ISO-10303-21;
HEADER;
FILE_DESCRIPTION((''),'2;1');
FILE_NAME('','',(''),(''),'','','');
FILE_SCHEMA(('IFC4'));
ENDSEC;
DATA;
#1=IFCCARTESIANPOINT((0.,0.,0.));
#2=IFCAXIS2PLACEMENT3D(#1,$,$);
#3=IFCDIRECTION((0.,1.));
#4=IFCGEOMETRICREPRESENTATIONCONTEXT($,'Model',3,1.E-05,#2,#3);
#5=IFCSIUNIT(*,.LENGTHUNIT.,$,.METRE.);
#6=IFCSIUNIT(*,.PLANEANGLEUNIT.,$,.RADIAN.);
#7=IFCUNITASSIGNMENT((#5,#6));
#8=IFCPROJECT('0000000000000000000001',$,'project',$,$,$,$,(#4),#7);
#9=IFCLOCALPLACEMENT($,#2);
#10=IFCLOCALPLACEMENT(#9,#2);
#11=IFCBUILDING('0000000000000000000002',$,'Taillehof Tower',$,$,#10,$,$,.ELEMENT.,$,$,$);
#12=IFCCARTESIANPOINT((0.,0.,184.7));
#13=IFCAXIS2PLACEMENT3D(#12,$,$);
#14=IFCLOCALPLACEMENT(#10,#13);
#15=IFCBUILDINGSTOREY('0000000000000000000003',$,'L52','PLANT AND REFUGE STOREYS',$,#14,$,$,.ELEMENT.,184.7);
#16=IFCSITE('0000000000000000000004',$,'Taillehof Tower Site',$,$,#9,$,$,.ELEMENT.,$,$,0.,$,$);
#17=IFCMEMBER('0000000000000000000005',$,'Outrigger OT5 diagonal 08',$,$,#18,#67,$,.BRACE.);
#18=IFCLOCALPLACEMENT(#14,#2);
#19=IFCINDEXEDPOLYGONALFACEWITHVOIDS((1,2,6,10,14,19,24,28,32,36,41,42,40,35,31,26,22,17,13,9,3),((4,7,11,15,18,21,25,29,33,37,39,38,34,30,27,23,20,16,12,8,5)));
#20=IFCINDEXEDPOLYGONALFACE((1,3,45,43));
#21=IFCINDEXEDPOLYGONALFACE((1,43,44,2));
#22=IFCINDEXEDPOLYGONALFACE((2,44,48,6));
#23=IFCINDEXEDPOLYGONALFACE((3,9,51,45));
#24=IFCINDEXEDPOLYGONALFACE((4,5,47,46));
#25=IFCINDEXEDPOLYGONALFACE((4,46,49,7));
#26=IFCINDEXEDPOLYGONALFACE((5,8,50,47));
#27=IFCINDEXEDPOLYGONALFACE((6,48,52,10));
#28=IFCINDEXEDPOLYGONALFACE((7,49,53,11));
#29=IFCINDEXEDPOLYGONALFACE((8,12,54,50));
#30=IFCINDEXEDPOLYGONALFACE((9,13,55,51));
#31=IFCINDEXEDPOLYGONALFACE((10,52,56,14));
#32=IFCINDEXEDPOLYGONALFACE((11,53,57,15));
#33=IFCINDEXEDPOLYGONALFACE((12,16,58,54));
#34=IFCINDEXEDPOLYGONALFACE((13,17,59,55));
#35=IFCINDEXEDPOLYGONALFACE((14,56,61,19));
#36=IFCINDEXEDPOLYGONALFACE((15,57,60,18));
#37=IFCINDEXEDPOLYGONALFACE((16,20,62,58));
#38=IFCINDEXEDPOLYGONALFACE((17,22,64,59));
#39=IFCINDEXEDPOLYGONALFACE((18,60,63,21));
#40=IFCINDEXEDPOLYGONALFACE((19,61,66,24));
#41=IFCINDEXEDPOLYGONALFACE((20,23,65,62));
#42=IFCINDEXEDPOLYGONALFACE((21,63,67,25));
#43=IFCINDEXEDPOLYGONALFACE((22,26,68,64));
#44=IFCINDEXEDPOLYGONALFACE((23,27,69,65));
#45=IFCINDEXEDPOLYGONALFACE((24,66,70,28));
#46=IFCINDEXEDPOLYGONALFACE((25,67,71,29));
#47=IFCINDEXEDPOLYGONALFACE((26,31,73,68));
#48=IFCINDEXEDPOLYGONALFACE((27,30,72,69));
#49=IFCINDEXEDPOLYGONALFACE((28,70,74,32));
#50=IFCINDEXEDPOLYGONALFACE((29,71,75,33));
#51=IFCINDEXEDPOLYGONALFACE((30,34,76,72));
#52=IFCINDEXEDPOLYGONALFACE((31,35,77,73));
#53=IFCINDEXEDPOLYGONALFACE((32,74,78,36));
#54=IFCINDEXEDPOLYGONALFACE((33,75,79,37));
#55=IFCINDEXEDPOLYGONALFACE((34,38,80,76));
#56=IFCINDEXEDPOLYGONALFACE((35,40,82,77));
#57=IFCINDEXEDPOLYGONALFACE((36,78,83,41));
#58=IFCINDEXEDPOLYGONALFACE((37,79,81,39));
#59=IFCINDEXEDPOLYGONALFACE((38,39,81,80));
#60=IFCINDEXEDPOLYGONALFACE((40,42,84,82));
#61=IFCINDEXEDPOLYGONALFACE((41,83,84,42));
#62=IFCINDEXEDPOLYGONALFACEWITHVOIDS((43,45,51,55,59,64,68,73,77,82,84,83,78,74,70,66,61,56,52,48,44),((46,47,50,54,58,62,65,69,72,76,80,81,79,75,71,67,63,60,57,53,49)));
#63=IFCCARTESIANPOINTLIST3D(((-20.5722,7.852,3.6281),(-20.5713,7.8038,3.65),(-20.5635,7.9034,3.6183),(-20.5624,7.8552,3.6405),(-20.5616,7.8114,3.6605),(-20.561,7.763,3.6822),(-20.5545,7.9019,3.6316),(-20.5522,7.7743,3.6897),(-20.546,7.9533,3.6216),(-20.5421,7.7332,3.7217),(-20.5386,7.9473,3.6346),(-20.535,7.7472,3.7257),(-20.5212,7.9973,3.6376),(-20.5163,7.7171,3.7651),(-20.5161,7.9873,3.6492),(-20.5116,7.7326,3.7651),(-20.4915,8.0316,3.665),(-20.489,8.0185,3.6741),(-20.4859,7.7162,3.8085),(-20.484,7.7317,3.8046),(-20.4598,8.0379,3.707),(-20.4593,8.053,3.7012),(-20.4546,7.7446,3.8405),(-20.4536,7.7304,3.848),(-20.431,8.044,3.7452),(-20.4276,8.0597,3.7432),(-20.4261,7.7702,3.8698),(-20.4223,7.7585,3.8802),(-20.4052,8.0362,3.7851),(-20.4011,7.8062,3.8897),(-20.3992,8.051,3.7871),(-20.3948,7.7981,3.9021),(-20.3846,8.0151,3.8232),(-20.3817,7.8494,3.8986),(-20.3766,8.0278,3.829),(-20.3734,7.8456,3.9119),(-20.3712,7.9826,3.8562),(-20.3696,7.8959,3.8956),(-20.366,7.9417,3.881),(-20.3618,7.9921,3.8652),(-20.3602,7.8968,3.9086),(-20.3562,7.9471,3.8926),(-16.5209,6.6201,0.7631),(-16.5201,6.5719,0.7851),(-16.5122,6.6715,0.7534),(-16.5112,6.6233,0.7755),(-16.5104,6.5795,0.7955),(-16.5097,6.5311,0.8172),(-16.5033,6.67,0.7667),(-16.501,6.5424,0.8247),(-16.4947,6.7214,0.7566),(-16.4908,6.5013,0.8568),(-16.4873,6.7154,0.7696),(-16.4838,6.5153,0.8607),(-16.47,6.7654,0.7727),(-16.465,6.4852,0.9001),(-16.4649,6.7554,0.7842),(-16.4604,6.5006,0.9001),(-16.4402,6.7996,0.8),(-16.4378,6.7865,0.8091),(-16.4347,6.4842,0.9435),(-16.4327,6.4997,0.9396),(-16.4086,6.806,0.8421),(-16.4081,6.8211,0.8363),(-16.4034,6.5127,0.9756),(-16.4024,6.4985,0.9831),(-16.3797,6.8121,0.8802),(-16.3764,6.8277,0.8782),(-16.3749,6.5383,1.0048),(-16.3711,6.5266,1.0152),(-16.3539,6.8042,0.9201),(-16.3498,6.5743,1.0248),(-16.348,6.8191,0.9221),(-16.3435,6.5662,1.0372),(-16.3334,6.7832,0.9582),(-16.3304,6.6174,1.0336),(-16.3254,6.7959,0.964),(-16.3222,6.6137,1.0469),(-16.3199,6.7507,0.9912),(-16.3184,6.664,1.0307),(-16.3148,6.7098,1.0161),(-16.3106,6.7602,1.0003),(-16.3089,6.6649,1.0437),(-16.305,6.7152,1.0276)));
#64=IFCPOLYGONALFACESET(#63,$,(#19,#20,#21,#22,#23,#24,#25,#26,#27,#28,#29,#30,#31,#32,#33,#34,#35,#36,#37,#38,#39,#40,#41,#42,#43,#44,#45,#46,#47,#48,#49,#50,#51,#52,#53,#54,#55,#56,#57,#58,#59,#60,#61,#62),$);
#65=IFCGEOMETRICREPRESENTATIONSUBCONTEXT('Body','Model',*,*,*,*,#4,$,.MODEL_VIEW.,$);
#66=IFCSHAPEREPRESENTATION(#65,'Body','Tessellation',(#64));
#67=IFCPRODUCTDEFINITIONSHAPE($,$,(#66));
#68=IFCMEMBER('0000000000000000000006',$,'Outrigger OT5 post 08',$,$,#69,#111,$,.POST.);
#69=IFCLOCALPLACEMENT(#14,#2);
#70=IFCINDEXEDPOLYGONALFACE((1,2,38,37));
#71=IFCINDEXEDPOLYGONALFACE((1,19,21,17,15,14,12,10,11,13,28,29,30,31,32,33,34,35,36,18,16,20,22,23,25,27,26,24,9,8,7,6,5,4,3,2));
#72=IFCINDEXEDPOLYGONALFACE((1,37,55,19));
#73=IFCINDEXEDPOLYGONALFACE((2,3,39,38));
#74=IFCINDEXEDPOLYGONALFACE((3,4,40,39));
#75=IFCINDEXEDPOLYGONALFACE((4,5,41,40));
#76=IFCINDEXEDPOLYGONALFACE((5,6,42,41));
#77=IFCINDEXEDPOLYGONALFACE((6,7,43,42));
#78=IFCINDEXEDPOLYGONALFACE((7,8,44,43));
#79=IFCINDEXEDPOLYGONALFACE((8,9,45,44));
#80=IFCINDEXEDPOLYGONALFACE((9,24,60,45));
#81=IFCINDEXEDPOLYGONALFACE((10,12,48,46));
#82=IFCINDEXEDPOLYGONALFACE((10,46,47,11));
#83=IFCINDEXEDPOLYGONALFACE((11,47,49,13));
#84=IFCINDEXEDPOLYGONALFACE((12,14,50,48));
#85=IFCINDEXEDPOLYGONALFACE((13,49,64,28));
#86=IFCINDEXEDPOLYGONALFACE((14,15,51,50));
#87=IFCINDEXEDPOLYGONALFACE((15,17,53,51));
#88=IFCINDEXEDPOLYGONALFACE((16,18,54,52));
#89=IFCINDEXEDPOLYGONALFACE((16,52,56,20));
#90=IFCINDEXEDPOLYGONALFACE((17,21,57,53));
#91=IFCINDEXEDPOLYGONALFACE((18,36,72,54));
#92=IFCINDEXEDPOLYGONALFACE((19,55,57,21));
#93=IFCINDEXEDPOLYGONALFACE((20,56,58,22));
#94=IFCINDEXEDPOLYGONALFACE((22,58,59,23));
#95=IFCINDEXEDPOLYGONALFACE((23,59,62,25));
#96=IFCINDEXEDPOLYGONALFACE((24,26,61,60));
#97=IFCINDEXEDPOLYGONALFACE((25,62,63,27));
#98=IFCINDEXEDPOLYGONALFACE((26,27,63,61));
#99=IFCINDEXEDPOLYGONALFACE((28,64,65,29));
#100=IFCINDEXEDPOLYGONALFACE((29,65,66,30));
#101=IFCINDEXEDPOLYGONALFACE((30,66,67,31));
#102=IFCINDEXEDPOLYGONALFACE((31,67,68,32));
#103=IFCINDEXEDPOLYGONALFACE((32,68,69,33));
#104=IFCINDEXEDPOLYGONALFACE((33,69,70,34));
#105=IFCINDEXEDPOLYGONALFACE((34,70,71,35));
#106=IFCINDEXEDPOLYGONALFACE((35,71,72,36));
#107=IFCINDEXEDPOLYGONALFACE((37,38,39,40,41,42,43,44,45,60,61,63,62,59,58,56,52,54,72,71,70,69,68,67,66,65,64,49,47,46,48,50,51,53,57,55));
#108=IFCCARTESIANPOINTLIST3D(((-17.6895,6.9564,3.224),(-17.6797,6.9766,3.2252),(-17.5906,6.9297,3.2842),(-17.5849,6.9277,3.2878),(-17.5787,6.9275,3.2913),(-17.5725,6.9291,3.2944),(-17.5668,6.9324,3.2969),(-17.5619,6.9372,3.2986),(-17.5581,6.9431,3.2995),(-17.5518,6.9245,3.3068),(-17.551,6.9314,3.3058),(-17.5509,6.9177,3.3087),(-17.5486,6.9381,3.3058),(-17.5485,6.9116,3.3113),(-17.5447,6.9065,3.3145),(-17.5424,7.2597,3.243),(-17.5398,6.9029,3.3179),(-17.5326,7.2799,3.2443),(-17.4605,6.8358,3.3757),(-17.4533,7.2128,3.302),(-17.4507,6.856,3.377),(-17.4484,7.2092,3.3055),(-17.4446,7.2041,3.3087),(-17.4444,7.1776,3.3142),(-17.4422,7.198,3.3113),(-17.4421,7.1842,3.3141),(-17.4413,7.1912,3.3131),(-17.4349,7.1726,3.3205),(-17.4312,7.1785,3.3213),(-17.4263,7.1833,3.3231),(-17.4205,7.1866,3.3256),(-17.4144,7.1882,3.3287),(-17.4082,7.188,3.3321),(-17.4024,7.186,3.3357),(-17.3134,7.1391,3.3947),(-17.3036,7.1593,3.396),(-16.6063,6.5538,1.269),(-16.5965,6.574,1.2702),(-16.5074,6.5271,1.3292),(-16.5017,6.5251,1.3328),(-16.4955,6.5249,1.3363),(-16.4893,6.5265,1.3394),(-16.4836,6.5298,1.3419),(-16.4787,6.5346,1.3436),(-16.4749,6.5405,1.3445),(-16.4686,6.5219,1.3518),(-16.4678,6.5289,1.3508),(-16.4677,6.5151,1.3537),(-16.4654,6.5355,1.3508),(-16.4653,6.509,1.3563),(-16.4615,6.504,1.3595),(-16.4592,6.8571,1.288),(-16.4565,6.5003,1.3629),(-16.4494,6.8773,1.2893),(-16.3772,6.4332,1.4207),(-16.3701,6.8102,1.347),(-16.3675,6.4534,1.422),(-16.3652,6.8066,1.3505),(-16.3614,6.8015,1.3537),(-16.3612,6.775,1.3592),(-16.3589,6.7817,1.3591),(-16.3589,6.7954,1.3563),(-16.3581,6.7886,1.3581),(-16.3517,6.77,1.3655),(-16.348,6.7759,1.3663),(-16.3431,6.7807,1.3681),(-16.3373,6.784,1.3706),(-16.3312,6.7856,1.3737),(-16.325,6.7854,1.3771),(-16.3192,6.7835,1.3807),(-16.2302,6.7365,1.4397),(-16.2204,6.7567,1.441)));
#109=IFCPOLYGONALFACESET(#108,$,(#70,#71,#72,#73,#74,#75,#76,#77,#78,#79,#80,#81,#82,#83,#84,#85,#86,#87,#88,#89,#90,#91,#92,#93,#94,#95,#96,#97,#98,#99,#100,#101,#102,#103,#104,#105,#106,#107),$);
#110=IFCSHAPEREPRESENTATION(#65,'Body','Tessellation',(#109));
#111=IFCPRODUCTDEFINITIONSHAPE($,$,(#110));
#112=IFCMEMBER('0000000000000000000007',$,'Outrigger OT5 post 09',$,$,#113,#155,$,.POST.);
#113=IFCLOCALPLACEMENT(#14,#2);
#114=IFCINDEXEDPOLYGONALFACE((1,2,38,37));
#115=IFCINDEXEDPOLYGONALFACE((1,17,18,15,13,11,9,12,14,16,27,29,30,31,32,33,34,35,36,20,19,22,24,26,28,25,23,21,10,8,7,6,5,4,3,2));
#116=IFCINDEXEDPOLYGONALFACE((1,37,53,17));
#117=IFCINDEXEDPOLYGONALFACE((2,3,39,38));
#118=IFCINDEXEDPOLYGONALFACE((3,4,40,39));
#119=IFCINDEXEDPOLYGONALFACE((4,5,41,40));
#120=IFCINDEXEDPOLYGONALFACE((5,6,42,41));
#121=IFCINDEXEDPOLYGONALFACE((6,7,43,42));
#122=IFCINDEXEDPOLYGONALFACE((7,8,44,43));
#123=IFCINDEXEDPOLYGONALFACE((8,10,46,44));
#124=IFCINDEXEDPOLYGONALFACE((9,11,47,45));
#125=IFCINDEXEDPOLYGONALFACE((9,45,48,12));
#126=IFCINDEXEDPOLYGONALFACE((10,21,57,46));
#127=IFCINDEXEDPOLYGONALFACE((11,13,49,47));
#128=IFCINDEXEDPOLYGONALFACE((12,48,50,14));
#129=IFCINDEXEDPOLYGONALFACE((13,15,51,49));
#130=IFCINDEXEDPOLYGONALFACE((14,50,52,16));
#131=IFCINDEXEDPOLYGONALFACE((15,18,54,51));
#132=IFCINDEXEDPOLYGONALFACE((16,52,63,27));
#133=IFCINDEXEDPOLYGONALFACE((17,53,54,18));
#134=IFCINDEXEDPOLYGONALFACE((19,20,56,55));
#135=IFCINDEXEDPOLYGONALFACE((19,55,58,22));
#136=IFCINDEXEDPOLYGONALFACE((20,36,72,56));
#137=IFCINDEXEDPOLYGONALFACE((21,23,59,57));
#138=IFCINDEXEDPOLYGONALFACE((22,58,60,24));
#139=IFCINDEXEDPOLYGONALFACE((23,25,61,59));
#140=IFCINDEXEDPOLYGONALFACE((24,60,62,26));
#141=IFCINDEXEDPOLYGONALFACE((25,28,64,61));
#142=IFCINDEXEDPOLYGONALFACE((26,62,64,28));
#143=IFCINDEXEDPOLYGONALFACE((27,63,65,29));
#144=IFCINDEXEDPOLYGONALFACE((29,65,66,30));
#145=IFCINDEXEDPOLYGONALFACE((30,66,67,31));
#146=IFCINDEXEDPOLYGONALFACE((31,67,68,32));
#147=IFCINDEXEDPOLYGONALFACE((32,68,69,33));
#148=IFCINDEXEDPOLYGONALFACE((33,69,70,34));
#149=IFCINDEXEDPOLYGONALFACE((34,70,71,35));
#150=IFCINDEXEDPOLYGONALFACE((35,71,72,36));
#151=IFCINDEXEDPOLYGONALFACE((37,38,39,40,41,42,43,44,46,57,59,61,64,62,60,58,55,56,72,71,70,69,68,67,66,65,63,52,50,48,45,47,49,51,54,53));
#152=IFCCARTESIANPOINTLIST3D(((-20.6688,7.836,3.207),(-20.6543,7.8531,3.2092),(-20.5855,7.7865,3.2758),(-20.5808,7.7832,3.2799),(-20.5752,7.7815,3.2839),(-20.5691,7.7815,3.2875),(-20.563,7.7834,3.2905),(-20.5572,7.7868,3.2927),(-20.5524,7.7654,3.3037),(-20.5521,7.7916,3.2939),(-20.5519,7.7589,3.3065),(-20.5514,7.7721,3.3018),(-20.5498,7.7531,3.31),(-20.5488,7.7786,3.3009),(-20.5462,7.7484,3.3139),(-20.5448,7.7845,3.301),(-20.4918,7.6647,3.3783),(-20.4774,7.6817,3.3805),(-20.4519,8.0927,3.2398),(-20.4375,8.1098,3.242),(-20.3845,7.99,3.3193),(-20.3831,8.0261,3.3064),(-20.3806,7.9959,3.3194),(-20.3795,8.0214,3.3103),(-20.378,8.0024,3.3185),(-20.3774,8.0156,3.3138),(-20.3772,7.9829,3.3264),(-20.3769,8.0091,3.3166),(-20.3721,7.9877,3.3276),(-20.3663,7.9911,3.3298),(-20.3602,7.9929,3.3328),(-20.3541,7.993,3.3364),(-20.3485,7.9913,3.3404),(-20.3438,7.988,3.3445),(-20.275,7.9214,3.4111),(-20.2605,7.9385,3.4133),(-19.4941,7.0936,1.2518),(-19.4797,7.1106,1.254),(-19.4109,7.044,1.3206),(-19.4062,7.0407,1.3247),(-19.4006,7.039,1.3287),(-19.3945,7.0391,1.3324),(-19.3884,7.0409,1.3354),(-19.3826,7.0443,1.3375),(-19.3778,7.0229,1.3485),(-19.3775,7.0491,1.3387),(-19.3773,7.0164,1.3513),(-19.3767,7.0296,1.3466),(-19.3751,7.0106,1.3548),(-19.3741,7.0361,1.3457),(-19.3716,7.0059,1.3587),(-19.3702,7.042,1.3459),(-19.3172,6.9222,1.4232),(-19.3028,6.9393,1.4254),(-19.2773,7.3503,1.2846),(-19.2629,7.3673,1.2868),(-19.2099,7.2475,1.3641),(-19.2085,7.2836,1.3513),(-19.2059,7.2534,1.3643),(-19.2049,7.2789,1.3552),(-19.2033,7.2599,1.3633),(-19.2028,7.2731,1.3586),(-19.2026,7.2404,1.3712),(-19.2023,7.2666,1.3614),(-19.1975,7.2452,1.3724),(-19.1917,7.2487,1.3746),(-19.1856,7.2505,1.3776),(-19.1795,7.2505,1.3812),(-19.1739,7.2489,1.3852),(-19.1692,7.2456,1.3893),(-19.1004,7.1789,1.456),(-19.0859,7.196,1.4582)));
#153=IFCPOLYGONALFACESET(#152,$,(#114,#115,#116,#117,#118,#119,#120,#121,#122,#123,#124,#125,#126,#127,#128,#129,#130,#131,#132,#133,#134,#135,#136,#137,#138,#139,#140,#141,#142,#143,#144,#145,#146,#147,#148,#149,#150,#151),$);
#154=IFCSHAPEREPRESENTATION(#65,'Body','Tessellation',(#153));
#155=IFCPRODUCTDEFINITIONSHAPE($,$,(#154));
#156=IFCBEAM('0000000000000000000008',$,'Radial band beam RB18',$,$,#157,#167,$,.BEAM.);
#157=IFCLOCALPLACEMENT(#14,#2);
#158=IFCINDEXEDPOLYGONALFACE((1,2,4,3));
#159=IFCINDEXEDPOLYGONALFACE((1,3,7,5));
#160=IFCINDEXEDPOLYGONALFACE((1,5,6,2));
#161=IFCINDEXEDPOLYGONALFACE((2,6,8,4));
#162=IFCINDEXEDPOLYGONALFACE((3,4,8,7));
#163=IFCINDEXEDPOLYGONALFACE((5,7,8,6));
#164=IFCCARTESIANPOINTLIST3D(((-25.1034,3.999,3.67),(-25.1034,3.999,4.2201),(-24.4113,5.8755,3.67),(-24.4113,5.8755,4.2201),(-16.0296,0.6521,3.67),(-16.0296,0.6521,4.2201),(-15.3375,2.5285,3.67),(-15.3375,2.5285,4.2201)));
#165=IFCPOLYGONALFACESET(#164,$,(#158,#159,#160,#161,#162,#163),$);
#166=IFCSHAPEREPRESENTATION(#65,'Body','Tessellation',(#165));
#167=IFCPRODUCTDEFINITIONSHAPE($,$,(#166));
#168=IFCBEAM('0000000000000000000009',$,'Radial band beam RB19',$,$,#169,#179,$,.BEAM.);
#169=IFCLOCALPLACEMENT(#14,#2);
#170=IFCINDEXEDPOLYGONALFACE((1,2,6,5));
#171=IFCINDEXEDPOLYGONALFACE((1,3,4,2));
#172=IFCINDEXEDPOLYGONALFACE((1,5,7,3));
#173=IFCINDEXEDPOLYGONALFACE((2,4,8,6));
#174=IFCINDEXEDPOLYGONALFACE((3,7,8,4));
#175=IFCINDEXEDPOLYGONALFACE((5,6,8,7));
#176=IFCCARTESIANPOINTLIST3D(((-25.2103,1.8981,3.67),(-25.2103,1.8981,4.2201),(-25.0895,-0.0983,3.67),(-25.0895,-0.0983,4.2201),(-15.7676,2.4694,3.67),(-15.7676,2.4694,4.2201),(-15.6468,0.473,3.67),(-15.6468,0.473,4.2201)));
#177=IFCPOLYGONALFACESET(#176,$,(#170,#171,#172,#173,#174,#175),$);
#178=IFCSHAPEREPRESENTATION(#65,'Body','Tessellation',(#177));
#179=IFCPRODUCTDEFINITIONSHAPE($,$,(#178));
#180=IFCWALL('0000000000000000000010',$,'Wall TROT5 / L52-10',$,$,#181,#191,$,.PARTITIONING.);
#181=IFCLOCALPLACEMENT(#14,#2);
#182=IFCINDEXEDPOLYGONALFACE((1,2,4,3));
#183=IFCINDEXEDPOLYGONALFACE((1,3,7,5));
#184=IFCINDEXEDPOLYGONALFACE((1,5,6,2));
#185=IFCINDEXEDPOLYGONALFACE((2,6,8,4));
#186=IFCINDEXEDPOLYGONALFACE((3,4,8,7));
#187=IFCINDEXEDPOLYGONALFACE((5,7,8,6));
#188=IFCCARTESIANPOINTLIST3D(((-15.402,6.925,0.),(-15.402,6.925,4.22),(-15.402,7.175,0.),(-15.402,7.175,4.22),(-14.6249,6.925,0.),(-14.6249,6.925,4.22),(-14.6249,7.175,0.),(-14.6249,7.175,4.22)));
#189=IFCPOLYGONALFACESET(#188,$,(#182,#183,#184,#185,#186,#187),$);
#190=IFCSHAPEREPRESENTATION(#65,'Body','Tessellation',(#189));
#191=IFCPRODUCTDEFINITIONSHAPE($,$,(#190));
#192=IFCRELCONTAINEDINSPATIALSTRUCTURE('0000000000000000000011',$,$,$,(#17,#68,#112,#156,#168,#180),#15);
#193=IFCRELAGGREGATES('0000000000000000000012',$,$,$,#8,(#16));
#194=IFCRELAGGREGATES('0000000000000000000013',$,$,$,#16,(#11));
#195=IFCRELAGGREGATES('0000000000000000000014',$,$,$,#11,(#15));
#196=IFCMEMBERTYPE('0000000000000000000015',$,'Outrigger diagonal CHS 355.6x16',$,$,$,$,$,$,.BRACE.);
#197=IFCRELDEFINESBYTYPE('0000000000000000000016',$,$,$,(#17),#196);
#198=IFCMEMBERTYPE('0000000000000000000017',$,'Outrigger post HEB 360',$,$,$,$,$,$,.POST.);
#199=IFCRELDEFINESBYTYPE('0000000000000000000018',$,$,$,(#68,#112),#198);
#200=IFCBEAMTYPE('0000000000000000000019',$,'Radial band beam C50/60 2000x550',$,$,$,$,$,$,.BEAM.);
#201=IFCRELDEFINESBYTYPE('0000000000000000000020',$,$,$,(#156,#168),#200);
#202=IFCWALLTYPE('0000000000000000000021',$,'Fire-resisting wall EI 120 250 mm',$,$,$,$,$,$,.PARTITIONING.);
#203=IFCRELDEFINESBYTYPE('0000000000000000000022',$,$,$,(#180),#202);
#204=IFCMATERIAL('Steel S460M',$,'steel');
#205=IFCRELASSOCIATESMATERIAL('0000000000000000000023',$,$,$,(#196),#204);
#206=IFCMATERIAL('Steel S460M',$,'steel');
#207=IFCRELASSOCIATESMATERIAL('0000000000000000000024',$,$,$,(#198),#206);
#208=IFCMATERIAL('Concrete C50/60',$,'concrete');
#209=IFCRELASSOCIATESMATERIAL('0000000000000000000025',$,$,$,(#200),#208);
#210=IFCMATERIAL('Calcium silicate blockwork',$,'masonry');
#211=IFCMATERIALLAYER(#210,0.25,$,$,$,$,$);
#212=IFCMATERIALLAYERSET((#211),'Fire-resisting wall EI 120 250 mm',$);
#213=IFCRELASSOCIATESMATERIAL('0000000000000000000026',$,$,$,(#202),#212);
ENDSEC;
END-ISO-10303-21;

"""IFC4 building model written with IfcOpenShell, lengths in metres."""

from ifc_helpers import new_model, si_unit, direction, frame, frame_2d, origin, origin_2d, place, context, subcontext, project, spatial, rectangle, hollow_circle, i_section, extrude, material, layer, layer_set, material_profile, profile_set, type_object, element, save


model = new_model("IFC4")

# Units and contexts
model_context = context("Model", 3, precision=1e-05, world=origin(), true_north=direction((0.0, 1.0)))
body_context = subcontext(model_context, "Body", "Model", "MODEL_VIEW")
ifc_project = project(units=[si_unit("LENGTHUNIT", "METRE"), si_unit("PLANEANGLEUNIT", "RADIAN")], contexts=[model_context])

# Site, building, storey
site_placement = place(None, origin())
site = spatial("IfcSite", under=ifc_project, at=site_placement, Name="Taillehof Tower Site", CompositionType="ELEMENT", RefElevation=0.0)
building_placement = place(site_placement, origin())
building = spatial("IfcBuilding", under=site, at=building_placement, Name="Taillehof Tower", CompositionType="ELEMENT")
storey_placement = place(building_placement, frame((0.0, 0.0, 184.7)))
storey = spatial("IfcBuildingStorey", under=building, at=storey_placement, Name="L52", Description="PLANT AND REFUGE STOREYS", CompositionType="ELEMENT", Elevation=184.7)

# Members
ifc_material_1 = material(Name="Steel S460M", Category="steel")
ifc_material_profile_1 = material_profile(ifc_material_1, hollow_circle(Radius=0.1777, WallThickness=0.0161, at=origin_2d()), Name="CHS 355.6x16")
ifc_profile_set_1 = profile_set([ifc_material_profile_1], Name="Steel S460M")
member_type_1 = type_object("IfcMemberType", Name="Outrigger diagonal CHS 355.6x16", PredefinedType="BRACE", material=ifc_profile_set_1)
member_1_placement = place(storey_placement, frame((-16.4133, 6.6553, 0.9001), z_axis=(-0.79241, 0.240961, 0.560379), x_axis=(-0.290932, -0.956744, 0.0)))
element("IfcMember", 1, at=member_1_placement, inside=storey, type_object=member_type_1, Name="Outrigger OT5 diagonal 08", PredefinedType="BRACE", context=body_context, shape_type="SweptSolid", body=[
    extrude(hollow_circle(Radius=0.1777, WallThickness=0.0161, at=origin_2d()), origin(), (0.0, 0.0, 1.0), 5.1125),
])
ifc_material_2 = material(Name="Steel S460M", Category="steel")
ifc_material_profile_2 = material_profile(ifc_material_2, i_section(OverallWidth=0.3, OverallDepth=0.3601, WebThickness=0.0125, FlangeThickness=0.0225, FilletRadius=0.0271, at=origin_2d()), Name="HEB 360")
ifc_profile_set_2 = profile_set([ifc_material_profile_2], Name="Steel S460M")
member_type_2 = type_object("IfcMemberType", Name="Outrigger post HEB 360", PredefinedType="POST", material=ifc_profile_set_2)
member_2_placement = place(storey_placement, frame((-16.4133, 6.6553, 1.355), z_axis=(-0.476975, 0.177267, 0.860855), x_axis=(0.763356, -0.40192, 0.505716)))
element("IfcMember", 2, at=member_2_placement, inside=storey, type_object=member_type_2, Name="Outrigger OT5 post 08", PredefinedType="POST", context=body_context, shape_type="SweptSolid", body=[
    extrude(i_section(OverallWidth=0.3, OverallDepth=0.3601, WebThickness=0.0125, FlangeThickness=0.0225, FilletRadius=0.0271, at=origin_2d()), origin(), (0.0, 0.0, 1.0), 2.271),
])
member_3_placement = place(storey_placement, frame((-19.29, 7.1448, 1.355), z_axis=(-0.489692, 0.309531, 0.815102), x_axis=(0.589651, -0.571087, 0.571114)))
element("IfcMember", 3, at=member_3_placement, inside=storey, type_object=member_type_2, Name="Outrigger OT5 post 09", PredefinedType="POST", context=body_context, shape_type="SweptSolid", body=[
    extrude(i_section(OverallWidth=0.3, OverallDepth=0.3601, WebThickness=0.0125, FlangeThickness=0.0225, FilletRadius=0.0271, at=origin_2d()), origin(), (0.0, 0.0, 1.0), 2.3987),
])

# Beams
ifc_material_3 = material(Name="Concrete C50/60", Category="concrete")
ifc_material_profile_3 = material_profile(ifc_material_3, rectangle(XDim=2.0, YDim=0.55, at=origin_2d()), Name="RC 2000x550")
ifc_profile_set_3 = profile_set([ifc_material_profile_3], Name="Concrete C50/60")
beam_type_1 = type_object("IfcBeamType", Name="Radial band beam C50/60 2000x550", PredefinedType="BEAM", material=ifc_profile_set_3)
beam_1_placement = place(storey_placement, frame((-24.7573, 4.9373, 3.9451), z_axis=(0.93821, -0.346067, 0.0), x_axis=(0.346067, 0.93821, 0.0)))
element("IfcBeam", 4, at=beam_1_placement, inside=storey, type_object=beam_type_1, Name="Radial band beam RB18", PredefinedType="BEAM", context=body_context, shape_type="SweptSolid", body=[
    extrude(rectangle(XDim=2.0, YDim=0.55, at=origin_2d()), origin(), (0.0, 0.0, 1.0), 9.6714),
])
beam_2_placement = place(storey_placement, frame((-25.1499, 0.8999, 3.9451), z_axis=(0.998175, 0.060391, 0.0), x_axis=(-0.060391, 0.998175, 0.0)))
element("IfcBeam", 5, at=beam_2_placement, inside=storey, type_object=beam_type_1, Name="Radial band beam RB19", PredefinedType="BEAM", context=body_context, shape_type="SweptSolid", body=[
    extrude(rectangle(XDim=2.0, YDim=0.55, at=origin_2d()), origin(), (0.0, 0.0, 1.0), 9.46),
])

# Wall
ifc_material_4 = material(Name="Calcium silicate blockwork", Category="masonry")
ifc_layer_1 = layer(ifc_material_4, 0.25)
ifc_layer_set_1 = layer_set([ifc_layer_1], Name="Fire-resisting wall EI 120 250 mm")
wall_type_1 = type_object("IfcWallType", Name="Fire-resisting wall EI 120 250 mm", PredefinedType="PARTITIONING", material=ifc_layer_set_1)
wall_1_placement = place(storey_placement, frame((-15.4021, 7.05, 0.0), z_axis=(0.0, 0.0, 1.0), x_axis=(1.0, 0.0, 0.0)))
element("IfcWall", 6, at=wall_1_placement, inside=storey, type_object=wall_type_1, Name="Wall TROT5 / L52-10", PredefinedType="PARTITIONING", context=body_context, shape_type="SweptSolid", body=[
    extrude(rectangle(XDim=0.7771, YDim=0.25, at=frame_2d((0.3887, 0.0))), origin(), (0.0, 0.0, 1.0), 4.22),
])

save(model, "model.ifc")
